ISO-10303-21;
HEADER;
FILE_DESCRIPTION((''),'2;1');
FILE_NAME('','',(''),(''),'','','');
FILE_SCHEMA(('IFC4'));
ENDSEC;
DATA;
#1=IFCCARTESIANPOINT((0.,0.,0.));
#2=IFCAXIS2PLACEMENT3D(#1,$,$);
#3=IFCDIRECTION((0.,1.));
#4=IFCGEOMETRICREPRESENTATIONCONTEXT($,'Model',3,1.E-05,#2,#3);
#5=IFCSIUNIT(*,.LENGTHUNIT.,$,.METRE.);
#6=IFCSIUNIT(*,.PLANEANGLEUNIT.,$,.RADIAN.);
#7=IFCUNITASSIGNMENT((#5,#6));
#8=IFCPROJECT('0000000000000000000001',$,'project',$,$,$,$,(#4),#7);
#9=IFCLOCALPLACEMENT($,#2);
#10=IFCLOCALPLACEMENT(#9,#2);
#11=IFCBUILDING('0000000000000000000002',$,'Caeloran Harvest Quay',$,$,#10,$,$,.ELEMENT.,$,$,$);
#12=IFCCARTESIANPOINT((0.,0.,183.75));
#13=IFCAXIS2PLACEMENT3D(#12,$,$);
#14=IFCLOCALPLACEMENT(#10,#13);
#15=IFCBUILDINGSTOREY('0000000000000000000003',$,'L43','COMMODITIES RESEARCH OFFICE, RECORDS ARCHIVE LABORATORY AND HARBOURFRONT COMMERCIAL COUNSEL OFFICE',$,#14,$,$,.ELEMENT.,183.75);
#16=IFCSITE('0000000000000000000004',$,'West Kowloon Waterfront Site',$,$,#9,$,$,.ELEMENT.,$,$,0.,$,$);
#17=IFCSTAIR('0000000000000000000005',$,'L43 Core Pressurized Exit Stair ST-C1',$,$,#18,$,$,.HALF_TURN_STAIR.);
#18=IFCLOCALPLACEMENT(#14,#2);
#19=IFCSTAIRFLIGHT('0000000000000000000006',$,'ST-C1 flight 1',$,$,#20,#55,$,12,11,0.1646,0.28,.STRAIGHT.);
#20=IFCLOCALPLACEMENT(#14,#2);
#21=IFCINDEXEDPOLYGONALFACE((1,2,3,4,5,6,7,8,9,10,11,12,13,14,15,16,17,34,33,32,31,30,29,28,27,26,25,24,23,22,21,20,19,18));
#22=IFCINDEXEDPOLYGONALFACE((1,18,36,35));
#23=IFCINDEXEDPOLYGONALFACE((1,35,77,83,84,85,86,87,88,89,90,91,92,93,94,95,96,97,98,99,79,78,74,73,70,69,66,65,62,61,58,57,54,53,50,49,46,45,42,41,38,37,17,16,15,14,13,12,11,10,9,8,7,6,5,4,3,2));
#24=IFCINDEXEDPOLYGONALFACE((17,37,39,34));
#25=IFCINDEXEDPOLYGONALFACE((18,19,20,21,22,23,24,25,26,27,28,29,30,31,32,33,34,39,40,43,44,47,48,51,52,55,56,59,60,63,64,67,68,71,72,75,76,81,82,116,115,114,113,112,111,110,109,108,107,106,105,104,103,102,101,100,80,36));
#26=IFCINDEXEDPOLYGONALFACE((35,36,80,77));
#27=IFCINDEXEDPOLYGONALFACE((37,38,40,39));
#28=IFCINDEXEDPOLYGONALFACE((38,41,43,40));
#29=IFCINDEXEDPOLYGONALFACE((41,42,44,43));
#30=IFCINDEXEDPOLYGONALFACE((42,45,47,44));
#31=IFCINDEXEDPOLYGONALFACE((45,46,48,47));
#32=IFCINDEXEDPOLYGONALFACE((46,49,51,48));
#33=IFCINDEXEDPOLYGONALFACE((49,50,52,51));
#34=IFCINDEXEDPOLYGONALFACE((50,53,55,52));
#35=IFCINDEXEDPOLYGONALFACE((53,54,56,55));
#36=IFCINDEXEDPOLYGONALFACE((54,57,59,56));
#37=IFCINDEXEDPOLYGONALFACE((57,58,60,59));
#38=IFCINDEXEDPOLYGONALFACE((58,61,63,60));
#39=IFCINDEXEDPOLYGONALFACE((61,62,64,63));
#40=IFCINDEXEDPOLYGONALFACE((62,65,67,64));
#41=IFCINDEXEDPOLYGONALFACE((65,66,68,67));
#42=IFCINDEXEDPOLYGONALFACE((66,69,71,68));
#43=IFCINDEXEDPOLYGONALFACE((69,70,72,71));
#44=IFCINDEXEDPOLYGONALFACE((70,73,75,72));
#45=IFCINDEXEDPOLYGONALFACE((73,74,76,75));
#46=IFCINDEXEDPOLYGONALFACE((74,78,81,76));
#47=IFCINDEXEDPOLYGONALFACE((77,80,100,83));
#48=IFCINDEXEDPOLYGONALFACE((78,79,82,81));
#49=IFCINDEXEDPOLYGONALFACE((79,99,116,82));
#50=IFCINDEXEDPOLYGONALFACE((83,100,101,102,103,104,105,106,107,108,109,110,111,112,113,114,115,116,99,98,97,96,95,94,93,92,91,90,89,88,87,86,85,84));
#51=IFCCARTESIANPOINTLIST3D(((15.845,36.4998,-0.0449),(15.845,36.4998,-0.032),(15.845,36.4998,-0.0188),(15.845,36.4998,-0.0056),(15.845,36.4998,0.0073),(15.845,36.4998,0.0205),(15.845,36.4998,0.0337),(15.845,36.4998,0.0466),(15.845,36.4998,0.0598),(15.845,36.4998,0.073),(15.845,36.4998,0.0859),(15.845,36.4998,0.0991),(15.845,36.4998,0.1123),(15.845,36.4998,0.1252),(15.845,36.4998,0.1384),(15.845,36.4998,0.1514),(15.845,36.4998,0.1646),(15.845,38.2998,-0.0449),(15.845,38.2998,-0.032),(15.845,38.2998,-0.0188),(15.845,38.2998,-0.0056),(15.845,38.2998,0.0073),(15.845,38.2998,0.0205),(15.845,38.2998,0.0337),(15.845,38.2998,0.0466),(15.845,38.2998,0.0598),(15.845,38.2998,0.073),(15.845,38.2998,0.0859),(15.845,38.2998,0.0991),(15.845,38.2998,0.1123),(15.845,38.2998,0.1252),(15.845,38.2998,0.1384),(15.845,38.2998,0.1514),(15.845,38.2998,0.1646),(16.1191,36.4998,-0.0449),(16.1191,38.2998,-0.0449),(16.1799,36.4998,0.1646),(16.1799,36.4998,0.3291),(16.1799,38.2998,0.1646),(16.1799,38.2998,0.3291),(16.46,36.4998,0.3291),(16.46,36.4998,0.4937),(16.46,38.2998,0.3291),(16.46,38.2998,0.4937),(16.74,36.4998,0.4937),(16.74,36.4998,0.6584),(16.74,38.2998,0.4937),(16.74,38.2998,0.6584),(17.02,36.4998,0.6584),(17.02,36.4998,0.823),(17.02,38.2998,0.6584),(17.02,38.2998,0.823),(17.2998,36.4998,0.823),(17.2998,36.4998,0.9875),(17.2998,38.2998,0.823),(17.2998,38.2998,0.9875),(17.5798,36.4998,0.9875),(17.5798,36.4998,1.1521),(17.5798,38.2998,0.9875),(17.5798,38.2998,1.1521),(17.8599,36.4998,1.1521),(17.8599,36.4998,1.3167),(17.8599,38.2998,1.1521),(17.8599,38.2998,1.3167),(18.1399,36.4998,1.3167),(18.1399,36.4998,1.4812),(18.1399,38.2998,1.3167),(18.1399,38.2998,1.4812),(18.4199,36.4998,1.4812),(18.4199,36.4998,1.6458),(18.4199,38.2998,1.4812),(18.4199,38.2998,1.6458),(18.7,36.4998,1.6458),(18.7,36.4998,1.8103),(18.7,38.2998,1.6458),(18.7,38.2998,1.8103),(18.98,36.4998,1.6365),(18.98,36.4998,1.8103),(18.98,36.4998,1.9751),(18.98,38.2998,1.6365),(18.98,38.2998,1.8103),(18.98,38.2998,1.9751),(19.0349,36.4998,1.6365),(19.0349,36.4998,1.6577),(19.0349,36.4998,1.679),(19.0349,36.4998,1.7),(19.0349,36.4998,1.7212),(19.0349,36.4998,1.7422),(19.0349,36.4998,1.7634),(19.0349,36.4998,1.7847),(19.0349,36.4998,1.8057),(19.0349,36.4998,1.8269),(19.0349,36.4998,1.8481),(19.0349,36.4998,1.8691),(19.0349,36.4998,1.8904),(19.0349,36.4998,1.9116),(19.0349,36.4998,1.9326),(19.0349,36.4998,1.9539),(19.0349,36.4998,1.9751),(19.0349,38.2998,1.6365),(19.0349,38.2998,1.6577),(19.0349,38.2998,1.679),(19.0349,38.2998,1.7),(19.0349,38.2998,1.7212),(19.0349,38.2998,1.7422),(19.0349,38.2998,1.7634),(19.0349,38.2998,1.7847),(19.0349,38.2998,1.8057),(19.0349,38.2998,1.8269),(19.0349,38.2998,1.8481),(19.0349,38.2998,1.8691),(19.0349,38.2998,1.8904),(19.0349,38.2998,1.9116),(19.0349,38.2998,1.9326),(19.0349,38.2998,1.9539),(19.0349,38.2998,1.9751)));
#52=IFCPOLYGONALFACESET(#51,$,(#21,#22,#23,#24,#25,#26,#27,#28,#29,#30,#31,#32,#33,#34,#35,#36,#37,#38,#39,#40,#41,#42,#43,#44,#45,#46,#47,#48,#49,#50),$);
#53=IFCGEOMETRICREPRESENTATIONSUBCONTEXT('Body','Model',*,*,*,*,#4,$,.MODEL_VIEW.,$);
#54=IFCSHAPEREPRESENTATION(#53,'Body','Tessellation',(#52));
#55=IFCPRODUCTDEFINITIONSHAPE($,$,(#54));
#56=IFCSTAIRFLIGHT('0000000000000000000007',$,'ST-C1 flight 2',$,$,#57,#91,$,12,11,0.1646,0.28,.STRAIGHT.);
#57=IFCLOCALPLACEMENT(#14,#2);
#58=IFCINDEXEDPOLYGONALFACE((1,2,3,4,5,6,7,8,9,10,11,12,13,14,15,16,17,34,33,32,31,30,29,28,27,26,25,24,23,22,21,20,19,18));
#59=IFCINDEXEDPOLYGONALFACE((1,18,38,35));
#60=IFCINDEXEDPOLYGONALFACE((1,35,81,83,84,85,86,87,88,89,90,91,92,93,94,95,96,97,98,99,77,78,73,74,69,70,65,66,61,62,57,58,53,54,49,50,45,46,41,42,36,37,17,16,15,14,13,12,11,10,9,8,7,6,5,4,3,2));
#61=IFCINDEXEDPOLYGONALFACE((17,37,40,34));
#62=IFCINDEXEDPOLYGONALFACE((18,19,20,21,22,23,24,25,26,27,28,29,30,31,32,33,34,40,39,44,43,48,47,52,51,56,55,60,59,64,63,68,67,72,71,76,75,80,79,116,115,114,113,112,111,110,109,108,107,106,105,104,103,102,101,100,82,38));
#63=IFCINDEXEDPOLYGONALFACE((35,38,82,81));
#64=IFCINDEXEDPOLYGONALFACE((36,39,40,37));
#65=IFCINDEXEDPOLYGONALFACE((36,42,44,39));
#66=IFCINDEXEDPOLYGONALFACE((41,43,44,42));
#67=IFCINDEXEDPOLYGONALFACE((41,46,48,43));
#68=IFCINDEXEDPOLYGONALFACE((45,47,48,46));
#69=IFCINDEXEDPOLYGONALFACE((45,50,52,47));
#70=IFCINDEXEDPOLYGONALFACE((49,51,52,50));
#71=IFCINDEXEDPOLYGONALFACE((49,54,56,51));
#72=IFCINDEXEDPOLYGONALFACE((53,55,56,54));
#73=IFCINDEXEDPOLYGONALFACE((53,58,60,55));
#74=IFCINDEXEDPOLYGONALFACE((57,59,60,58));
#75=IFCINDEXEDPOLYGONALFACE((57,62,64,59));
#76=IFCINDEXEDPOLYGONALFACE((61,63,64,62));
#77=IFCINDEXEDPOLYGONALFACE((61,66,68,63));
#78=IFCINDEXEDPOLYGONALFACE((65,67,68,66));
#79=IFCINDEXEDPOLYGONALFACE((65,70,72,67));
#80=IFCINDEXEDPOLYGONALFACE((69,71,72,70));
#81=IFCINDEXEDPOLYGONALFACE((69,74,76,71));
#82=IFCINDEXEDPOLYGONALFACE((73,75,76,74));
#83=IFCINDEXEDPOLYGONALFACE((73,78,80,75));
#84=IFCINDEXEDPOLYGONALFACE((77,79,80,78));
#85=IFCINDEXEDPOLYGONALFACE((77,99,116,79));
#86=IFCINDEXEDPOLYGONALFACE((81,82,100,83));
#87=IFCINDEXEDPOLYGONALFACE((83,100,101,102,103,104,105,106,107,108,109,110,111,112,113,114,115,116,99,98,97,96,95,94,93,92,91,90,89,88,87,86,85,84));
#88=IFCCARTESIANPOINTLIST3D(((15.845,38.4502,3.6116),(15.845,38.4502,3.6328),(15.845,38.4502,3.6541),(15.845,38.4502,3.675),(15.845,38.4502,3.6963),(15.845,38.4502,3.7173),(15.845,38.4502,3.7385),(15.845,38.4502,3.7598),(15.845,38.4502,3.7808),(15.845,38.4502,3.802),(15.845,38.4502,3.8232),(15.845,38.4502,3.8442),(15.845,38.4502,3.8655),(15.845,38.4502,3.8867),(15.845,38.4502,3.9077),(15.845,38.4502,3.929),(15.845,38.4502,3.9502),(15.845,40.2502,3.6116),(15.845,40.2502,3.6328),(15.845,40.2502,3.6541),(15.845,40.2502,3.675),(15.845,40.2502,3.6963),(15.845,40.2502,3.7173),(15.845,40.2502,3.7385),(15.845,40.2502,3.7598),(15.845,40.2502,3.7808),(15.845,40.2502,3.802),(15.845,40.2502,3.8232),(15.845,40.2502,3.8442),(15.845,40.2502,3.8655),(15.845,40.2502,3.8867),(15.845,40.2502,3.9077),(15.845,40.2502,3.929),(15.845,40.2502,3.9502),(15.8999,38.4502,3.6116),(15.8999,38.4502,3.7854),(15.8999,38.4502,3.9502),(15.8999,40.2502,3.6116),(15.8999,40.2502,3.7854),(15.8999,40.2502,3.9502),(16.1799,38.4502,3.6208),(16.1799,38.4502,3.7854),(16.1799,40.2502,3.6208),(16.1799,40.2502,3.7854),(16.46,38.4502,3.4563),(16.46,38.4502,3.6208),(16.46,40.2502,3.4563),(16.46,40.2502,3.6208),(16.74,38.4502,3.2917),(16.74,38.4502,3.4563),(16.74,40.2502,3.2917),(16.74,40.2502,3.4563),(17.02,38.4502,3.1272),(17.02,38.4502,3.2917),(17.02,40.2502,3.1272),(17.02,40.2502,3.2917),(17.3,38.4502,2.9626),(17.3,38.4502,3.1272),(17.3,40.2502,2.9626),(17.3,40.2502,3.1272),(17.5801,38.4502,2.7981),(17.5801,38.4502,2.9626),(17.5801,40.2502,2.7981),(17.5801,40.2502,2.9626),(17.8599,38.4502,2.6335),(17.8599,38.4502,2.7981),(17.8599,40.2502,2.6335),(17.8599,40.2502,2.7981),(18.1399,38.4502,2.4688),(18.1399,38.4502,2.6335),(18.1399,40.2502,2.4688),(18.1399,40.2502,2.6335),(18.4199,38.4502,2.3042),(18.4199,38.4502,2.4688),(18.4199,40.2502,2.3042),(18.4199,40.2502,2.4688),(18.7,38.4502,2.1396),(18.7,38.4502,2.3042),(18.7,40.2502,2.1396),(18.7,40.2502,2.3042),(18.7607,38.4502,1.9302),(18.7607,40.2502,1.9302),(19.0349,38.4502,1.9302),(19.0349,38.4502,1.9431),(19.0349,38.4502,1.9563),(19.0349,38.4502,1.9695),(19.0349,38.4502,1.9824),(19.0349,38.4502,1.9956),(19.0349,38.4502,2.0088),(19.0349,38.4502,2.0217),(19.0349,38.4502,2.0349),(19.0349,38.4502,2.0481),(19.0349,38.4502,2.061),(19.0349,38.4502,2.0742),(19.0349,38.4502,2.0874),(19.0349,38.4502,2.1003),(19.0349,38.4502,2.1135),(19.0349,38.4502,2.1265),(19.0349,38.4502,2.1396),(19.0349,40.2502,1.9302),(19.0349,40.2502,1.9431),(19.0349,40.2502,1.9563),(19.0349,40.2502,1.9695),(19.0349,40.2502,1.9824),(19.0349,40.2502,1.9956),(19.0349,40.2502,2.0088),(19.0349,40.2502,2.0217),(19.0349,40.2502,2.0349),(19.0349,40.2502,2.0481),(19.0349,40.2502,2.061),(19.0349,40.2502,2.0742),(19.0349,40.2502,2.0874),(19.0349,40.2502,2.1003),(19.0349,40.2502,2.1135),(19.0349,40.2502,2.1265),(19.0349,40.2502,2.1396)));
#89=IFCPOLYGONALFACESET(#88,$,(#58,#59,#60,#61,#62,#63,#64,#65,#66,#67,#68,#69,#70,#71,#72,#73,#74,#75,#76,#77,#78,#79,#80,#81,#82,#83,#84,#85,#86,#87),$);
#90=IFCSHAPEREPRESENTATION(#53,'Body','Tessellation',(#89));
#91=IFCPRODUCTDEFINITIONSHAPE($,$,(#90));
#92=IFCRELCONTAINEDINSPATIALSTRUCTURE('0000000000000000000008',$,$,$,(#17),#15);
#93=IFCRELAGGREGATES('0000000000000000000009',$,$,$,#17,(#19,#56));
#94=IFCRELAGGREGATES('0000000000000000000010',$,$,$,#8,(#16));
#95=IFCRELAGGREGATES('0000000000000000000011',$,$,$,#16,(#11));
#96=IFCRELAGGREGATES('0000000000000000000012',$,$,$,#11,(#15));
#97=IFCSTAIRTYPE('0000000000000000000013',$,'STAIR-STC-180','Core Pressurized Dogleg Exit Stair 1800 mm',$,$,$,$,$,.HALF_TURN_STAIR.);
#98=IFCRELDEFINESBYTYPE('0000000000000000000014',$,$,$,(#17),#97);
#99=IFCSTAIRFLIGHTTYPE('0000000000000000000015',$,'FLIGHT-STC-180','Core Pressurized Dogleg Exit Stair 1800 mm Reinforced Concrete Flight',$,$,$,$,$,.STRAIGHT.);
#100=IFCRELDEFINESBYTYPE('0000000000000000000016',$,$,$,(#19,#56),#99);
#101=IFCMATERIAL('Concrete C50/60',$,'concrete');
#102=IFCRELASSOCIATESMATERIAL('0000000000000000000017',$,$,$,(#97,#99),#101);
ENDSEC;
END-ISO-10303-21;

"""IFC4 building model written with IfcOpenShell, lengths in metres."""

from ifc_helpers import new_model, si_unit, direction, frame, origin, place, context, subcontext, project, spatial, polyline, outline, extrude, material, type_object, element, aggregate, save


model = new_model("IFC4")

# Units and contexts
model_context = context("Model", 3, precision=1e-05, world=origin(), true_north=direction((0.0, 1.0)))
body_context = subcontext(model_context, "Body", "Model", "MODEL_VIEW")
ifc_project = project(units=[si_unit("LENGTHUNIT", "METRE"), si_unit("PLANEANGLEUNIT", "RADIAN")], contexts=[model_context])

# Site, building, storey
site_placement = place(None, origin())
site = spatial("IfcSite", under=ifc_project, at=site_placement, Name="West Kowloon Waterfront Site", CompositionType="ELEMENT", RefElevation=0.0)
building_placement = place(site_placement, origin())
building = spatial("IfcBuilding", under=site, at=building_placement, Name="Caeloran Harvest Quay", CompositionType="ELEMENT")
storey_placement = place(building_placement, frame((0.0, 0.0, 183.75)))
storey = spatial("IfcBuildingStorey", under=building, at=storey_placement, Name="L43", Description="COMMODITIES RESEARCH OFFICE, RECORDS ARCHIVE LABORATORY AND HARBOURFRONT COMMERCIAL COUNSEL OFFICE", CompositionType="ELEMENT", Elevation=183.75)

# Shared definitions
ifc_material_1 = material(Name="Concrete C50/60", Category="concrete")

# Stair, stair flights
stair_type = type_object("IfcStairType", Name="STAIR-STC-180", Description="Core Pressurized Dogleg Exit Stair 1800 mm", PredefinedType="HALF_TURN_STAIR", material=ifc_material_1)
stair_1_placement = place(storey_placement, origin())
stair_1 = element("IfcStair", 1, at=stair_1_placement, inside=storey, type_object=stair_type, Name="L43 Core Pressurized Exit Stair ST-C1", PredefinedType="HALF_TURN_STAIR")
stair_flight_type = type_object("IfcStairFlightType", Name="FLIGHT-STC-180", Description="Core Pressurized Dogleg Exit Stair 1800 mm Reinforced Concrete Flight", PredefinedType="STRAIGHT", material=ifc_material_1)
stair_flight_1_placement = place(storey_placement, frame((15.8999, 37.3999, 0.0), z_axis=(0.0, 0.0, 1.0), x_axis=(1.0, 0.0, 0.0)))
stair_flight_1 = element("IfcStairFlight", 2, at=stair_flight_1_placement, type_object=stair_flight_type, Name="ST-C1 flight 1", NumberOfRisers=12, NumberOfTreads=11, PredefinedType="STRAIGHT", RiserHeight=0.1646, TreadLength=0.28, context=body_context, shape_type="SweptSolid", body=[
    extrude(outline(polyline([(-0.0549, -0.0449), (-0.0549, -0.032), (-0.0549, -0.0188), (-0.0549, -0.0056), (-0.0549, 0.0073), (-0.0549, 0.0205), (-0.0549, 0.0337), (-0.0549, 0.0466), (-0.0549, 0.0598), (-0.0549, 0.073), (-0.0549, 0.0859), (-0.0549, 0.0991), (-0.0549, 0.1123), (-0.0549, 0.1252), (-0.0549, 0.1384), (-0.0549, 0.1514), (-0.0549, 0.1646), (0.28, 0.1646), (0.28, 0.3291), (0.5601, 0.3291), (0.5601, 0.4937), (0.8401, 0.4937), (0.8401, 0.6584), (1.1201, 0.6584), (1.1201, 0.823), (1.3999, 0.823), (1.3999, 0.9875), (1.6799, 0.9875), (1.6799, 1.1521), (1.96, 1.1521), (1.96, 1.3167), (2.24, 1.3167), (2.24, 1.4812), (2.52, 1.4812), (2.52, 1.6458), (2.8, 1.6458), (2.8, 1.8103), (3.0801, 1.8103), (3.0801, 1.9751), (3.135, 1.9751), (3.135, 1.9539), (3.135, 1.9326), (3.135, 1.9116), (3.135, 1.8904), (3.135, 1.8691), (3.135, 1.8481), (3.135, 1.8269), (3.135, 1.8057), (3.135, 1.7847), (3.135, 1.7634), (3.135, 1.7422), (3.135, 1.7212), (3.135, 1.7), (3.135, 1.679), (3.135, 1.6577), (3.135, 1.6365), (3.0801, 1.6365), (0.2192, -0.0449), (-0.0549, -0.0449)])), frame((0.0, 0.8999, 0.0), z_axis=(0.0, -1.0, 0.0), x_axis=(1.0, 0.0, 0.0)), (0.0, 0.0, 1.0), 1.8),
])
stair_flight_2_placement = place(storey_placement, frame((18.98, 39.3501, 1.9751), z_axis=(0.0, 0.0, 1.0), x_axis=(-1.0, 0.0, 0.0)))
stair_flight_2 = element("IfcStairFlight", 3, at=stair_flight_2_placement, type_object=stair_flight_type, Name="ST-C1 flight 2", NumberOfRisers=12, NumberOfTreads=11, PredefinedType="STRAIGHT", RiserHeight=0.1646, TreadLength=0.28, context=body_context, shape_type="SweptSolid", body=[
    extrude(outline(polyline([(-0.0549, -0.0449), (-0.0549, -0.032), (-0.0549, -0.0188), (-0.0549, -0.0056), (-0.0549, 0.0073), (-0.0549, 0.0205), (-0.0549, 0.0337), (-0.0549, 0.0466), (-0.0549, 0.0598), (-0.0549, 0.073), (-0.0549, 0.0859), (-0.0549, 0.0991), (-0.0549, 0.1123), (-0.0549, 0.1252), (-0.0549, 0.1384), (-0.0549, 0.1514), (-0.0549, 0.1646), (0.28, 0.1646), (0.28, 0.3291), (0.5601, 0.3291), (0.5601, 0.4937), (0.8401, 0.4937), (0.8401, 0.6584), (1.1201, 0.6584), (1.1201, 0.823), (1.3999, 0.823), (1.3999, 0.9875), (1.6799, 0.9875), (1.6799, 1.1521), (1.96, 1.1521), (1.96, 1.3167), (2.24, 1.3167), (2.24, 1.4812), (2.52, 1.4812), (2.52, 1.6458), (2.8, 1.6458), (2.8, 1.8103), (3.0801, 1.8103), (3.0801, 1.9751), (3.135, 1.9751), (3.135, 1.9539), (3.135, 1.9326), (3.135, 1.9116), (3.135, 1.8904), (3.135, 1.8691), (3.135, 1.8481), (3.135, 1.8269), (3.135, 1.8057), (3.135, 1.7847), (3.135, 1.7634), (3.135, 1.7422), (3.135, 1.7212), (3.135, 1.7), (3.135, 1.679), (3.135, 1.6577), (3.135, 1.6365), (3.0801, 1.6365), (0.2192, -0.0449), (-0.0549, -0.0449)])), frame((0.0, 0.8999, 0.0), z_axis=(0.0, -1.0, 0.0), x_axis=(1.0, 0.0, 0.0)), (0.0, 0.0, 1.0), 1.8),
])
aggregate(stair_1, [stair_flight_1, stair_flight_2])

save(model, "model.ifc")
